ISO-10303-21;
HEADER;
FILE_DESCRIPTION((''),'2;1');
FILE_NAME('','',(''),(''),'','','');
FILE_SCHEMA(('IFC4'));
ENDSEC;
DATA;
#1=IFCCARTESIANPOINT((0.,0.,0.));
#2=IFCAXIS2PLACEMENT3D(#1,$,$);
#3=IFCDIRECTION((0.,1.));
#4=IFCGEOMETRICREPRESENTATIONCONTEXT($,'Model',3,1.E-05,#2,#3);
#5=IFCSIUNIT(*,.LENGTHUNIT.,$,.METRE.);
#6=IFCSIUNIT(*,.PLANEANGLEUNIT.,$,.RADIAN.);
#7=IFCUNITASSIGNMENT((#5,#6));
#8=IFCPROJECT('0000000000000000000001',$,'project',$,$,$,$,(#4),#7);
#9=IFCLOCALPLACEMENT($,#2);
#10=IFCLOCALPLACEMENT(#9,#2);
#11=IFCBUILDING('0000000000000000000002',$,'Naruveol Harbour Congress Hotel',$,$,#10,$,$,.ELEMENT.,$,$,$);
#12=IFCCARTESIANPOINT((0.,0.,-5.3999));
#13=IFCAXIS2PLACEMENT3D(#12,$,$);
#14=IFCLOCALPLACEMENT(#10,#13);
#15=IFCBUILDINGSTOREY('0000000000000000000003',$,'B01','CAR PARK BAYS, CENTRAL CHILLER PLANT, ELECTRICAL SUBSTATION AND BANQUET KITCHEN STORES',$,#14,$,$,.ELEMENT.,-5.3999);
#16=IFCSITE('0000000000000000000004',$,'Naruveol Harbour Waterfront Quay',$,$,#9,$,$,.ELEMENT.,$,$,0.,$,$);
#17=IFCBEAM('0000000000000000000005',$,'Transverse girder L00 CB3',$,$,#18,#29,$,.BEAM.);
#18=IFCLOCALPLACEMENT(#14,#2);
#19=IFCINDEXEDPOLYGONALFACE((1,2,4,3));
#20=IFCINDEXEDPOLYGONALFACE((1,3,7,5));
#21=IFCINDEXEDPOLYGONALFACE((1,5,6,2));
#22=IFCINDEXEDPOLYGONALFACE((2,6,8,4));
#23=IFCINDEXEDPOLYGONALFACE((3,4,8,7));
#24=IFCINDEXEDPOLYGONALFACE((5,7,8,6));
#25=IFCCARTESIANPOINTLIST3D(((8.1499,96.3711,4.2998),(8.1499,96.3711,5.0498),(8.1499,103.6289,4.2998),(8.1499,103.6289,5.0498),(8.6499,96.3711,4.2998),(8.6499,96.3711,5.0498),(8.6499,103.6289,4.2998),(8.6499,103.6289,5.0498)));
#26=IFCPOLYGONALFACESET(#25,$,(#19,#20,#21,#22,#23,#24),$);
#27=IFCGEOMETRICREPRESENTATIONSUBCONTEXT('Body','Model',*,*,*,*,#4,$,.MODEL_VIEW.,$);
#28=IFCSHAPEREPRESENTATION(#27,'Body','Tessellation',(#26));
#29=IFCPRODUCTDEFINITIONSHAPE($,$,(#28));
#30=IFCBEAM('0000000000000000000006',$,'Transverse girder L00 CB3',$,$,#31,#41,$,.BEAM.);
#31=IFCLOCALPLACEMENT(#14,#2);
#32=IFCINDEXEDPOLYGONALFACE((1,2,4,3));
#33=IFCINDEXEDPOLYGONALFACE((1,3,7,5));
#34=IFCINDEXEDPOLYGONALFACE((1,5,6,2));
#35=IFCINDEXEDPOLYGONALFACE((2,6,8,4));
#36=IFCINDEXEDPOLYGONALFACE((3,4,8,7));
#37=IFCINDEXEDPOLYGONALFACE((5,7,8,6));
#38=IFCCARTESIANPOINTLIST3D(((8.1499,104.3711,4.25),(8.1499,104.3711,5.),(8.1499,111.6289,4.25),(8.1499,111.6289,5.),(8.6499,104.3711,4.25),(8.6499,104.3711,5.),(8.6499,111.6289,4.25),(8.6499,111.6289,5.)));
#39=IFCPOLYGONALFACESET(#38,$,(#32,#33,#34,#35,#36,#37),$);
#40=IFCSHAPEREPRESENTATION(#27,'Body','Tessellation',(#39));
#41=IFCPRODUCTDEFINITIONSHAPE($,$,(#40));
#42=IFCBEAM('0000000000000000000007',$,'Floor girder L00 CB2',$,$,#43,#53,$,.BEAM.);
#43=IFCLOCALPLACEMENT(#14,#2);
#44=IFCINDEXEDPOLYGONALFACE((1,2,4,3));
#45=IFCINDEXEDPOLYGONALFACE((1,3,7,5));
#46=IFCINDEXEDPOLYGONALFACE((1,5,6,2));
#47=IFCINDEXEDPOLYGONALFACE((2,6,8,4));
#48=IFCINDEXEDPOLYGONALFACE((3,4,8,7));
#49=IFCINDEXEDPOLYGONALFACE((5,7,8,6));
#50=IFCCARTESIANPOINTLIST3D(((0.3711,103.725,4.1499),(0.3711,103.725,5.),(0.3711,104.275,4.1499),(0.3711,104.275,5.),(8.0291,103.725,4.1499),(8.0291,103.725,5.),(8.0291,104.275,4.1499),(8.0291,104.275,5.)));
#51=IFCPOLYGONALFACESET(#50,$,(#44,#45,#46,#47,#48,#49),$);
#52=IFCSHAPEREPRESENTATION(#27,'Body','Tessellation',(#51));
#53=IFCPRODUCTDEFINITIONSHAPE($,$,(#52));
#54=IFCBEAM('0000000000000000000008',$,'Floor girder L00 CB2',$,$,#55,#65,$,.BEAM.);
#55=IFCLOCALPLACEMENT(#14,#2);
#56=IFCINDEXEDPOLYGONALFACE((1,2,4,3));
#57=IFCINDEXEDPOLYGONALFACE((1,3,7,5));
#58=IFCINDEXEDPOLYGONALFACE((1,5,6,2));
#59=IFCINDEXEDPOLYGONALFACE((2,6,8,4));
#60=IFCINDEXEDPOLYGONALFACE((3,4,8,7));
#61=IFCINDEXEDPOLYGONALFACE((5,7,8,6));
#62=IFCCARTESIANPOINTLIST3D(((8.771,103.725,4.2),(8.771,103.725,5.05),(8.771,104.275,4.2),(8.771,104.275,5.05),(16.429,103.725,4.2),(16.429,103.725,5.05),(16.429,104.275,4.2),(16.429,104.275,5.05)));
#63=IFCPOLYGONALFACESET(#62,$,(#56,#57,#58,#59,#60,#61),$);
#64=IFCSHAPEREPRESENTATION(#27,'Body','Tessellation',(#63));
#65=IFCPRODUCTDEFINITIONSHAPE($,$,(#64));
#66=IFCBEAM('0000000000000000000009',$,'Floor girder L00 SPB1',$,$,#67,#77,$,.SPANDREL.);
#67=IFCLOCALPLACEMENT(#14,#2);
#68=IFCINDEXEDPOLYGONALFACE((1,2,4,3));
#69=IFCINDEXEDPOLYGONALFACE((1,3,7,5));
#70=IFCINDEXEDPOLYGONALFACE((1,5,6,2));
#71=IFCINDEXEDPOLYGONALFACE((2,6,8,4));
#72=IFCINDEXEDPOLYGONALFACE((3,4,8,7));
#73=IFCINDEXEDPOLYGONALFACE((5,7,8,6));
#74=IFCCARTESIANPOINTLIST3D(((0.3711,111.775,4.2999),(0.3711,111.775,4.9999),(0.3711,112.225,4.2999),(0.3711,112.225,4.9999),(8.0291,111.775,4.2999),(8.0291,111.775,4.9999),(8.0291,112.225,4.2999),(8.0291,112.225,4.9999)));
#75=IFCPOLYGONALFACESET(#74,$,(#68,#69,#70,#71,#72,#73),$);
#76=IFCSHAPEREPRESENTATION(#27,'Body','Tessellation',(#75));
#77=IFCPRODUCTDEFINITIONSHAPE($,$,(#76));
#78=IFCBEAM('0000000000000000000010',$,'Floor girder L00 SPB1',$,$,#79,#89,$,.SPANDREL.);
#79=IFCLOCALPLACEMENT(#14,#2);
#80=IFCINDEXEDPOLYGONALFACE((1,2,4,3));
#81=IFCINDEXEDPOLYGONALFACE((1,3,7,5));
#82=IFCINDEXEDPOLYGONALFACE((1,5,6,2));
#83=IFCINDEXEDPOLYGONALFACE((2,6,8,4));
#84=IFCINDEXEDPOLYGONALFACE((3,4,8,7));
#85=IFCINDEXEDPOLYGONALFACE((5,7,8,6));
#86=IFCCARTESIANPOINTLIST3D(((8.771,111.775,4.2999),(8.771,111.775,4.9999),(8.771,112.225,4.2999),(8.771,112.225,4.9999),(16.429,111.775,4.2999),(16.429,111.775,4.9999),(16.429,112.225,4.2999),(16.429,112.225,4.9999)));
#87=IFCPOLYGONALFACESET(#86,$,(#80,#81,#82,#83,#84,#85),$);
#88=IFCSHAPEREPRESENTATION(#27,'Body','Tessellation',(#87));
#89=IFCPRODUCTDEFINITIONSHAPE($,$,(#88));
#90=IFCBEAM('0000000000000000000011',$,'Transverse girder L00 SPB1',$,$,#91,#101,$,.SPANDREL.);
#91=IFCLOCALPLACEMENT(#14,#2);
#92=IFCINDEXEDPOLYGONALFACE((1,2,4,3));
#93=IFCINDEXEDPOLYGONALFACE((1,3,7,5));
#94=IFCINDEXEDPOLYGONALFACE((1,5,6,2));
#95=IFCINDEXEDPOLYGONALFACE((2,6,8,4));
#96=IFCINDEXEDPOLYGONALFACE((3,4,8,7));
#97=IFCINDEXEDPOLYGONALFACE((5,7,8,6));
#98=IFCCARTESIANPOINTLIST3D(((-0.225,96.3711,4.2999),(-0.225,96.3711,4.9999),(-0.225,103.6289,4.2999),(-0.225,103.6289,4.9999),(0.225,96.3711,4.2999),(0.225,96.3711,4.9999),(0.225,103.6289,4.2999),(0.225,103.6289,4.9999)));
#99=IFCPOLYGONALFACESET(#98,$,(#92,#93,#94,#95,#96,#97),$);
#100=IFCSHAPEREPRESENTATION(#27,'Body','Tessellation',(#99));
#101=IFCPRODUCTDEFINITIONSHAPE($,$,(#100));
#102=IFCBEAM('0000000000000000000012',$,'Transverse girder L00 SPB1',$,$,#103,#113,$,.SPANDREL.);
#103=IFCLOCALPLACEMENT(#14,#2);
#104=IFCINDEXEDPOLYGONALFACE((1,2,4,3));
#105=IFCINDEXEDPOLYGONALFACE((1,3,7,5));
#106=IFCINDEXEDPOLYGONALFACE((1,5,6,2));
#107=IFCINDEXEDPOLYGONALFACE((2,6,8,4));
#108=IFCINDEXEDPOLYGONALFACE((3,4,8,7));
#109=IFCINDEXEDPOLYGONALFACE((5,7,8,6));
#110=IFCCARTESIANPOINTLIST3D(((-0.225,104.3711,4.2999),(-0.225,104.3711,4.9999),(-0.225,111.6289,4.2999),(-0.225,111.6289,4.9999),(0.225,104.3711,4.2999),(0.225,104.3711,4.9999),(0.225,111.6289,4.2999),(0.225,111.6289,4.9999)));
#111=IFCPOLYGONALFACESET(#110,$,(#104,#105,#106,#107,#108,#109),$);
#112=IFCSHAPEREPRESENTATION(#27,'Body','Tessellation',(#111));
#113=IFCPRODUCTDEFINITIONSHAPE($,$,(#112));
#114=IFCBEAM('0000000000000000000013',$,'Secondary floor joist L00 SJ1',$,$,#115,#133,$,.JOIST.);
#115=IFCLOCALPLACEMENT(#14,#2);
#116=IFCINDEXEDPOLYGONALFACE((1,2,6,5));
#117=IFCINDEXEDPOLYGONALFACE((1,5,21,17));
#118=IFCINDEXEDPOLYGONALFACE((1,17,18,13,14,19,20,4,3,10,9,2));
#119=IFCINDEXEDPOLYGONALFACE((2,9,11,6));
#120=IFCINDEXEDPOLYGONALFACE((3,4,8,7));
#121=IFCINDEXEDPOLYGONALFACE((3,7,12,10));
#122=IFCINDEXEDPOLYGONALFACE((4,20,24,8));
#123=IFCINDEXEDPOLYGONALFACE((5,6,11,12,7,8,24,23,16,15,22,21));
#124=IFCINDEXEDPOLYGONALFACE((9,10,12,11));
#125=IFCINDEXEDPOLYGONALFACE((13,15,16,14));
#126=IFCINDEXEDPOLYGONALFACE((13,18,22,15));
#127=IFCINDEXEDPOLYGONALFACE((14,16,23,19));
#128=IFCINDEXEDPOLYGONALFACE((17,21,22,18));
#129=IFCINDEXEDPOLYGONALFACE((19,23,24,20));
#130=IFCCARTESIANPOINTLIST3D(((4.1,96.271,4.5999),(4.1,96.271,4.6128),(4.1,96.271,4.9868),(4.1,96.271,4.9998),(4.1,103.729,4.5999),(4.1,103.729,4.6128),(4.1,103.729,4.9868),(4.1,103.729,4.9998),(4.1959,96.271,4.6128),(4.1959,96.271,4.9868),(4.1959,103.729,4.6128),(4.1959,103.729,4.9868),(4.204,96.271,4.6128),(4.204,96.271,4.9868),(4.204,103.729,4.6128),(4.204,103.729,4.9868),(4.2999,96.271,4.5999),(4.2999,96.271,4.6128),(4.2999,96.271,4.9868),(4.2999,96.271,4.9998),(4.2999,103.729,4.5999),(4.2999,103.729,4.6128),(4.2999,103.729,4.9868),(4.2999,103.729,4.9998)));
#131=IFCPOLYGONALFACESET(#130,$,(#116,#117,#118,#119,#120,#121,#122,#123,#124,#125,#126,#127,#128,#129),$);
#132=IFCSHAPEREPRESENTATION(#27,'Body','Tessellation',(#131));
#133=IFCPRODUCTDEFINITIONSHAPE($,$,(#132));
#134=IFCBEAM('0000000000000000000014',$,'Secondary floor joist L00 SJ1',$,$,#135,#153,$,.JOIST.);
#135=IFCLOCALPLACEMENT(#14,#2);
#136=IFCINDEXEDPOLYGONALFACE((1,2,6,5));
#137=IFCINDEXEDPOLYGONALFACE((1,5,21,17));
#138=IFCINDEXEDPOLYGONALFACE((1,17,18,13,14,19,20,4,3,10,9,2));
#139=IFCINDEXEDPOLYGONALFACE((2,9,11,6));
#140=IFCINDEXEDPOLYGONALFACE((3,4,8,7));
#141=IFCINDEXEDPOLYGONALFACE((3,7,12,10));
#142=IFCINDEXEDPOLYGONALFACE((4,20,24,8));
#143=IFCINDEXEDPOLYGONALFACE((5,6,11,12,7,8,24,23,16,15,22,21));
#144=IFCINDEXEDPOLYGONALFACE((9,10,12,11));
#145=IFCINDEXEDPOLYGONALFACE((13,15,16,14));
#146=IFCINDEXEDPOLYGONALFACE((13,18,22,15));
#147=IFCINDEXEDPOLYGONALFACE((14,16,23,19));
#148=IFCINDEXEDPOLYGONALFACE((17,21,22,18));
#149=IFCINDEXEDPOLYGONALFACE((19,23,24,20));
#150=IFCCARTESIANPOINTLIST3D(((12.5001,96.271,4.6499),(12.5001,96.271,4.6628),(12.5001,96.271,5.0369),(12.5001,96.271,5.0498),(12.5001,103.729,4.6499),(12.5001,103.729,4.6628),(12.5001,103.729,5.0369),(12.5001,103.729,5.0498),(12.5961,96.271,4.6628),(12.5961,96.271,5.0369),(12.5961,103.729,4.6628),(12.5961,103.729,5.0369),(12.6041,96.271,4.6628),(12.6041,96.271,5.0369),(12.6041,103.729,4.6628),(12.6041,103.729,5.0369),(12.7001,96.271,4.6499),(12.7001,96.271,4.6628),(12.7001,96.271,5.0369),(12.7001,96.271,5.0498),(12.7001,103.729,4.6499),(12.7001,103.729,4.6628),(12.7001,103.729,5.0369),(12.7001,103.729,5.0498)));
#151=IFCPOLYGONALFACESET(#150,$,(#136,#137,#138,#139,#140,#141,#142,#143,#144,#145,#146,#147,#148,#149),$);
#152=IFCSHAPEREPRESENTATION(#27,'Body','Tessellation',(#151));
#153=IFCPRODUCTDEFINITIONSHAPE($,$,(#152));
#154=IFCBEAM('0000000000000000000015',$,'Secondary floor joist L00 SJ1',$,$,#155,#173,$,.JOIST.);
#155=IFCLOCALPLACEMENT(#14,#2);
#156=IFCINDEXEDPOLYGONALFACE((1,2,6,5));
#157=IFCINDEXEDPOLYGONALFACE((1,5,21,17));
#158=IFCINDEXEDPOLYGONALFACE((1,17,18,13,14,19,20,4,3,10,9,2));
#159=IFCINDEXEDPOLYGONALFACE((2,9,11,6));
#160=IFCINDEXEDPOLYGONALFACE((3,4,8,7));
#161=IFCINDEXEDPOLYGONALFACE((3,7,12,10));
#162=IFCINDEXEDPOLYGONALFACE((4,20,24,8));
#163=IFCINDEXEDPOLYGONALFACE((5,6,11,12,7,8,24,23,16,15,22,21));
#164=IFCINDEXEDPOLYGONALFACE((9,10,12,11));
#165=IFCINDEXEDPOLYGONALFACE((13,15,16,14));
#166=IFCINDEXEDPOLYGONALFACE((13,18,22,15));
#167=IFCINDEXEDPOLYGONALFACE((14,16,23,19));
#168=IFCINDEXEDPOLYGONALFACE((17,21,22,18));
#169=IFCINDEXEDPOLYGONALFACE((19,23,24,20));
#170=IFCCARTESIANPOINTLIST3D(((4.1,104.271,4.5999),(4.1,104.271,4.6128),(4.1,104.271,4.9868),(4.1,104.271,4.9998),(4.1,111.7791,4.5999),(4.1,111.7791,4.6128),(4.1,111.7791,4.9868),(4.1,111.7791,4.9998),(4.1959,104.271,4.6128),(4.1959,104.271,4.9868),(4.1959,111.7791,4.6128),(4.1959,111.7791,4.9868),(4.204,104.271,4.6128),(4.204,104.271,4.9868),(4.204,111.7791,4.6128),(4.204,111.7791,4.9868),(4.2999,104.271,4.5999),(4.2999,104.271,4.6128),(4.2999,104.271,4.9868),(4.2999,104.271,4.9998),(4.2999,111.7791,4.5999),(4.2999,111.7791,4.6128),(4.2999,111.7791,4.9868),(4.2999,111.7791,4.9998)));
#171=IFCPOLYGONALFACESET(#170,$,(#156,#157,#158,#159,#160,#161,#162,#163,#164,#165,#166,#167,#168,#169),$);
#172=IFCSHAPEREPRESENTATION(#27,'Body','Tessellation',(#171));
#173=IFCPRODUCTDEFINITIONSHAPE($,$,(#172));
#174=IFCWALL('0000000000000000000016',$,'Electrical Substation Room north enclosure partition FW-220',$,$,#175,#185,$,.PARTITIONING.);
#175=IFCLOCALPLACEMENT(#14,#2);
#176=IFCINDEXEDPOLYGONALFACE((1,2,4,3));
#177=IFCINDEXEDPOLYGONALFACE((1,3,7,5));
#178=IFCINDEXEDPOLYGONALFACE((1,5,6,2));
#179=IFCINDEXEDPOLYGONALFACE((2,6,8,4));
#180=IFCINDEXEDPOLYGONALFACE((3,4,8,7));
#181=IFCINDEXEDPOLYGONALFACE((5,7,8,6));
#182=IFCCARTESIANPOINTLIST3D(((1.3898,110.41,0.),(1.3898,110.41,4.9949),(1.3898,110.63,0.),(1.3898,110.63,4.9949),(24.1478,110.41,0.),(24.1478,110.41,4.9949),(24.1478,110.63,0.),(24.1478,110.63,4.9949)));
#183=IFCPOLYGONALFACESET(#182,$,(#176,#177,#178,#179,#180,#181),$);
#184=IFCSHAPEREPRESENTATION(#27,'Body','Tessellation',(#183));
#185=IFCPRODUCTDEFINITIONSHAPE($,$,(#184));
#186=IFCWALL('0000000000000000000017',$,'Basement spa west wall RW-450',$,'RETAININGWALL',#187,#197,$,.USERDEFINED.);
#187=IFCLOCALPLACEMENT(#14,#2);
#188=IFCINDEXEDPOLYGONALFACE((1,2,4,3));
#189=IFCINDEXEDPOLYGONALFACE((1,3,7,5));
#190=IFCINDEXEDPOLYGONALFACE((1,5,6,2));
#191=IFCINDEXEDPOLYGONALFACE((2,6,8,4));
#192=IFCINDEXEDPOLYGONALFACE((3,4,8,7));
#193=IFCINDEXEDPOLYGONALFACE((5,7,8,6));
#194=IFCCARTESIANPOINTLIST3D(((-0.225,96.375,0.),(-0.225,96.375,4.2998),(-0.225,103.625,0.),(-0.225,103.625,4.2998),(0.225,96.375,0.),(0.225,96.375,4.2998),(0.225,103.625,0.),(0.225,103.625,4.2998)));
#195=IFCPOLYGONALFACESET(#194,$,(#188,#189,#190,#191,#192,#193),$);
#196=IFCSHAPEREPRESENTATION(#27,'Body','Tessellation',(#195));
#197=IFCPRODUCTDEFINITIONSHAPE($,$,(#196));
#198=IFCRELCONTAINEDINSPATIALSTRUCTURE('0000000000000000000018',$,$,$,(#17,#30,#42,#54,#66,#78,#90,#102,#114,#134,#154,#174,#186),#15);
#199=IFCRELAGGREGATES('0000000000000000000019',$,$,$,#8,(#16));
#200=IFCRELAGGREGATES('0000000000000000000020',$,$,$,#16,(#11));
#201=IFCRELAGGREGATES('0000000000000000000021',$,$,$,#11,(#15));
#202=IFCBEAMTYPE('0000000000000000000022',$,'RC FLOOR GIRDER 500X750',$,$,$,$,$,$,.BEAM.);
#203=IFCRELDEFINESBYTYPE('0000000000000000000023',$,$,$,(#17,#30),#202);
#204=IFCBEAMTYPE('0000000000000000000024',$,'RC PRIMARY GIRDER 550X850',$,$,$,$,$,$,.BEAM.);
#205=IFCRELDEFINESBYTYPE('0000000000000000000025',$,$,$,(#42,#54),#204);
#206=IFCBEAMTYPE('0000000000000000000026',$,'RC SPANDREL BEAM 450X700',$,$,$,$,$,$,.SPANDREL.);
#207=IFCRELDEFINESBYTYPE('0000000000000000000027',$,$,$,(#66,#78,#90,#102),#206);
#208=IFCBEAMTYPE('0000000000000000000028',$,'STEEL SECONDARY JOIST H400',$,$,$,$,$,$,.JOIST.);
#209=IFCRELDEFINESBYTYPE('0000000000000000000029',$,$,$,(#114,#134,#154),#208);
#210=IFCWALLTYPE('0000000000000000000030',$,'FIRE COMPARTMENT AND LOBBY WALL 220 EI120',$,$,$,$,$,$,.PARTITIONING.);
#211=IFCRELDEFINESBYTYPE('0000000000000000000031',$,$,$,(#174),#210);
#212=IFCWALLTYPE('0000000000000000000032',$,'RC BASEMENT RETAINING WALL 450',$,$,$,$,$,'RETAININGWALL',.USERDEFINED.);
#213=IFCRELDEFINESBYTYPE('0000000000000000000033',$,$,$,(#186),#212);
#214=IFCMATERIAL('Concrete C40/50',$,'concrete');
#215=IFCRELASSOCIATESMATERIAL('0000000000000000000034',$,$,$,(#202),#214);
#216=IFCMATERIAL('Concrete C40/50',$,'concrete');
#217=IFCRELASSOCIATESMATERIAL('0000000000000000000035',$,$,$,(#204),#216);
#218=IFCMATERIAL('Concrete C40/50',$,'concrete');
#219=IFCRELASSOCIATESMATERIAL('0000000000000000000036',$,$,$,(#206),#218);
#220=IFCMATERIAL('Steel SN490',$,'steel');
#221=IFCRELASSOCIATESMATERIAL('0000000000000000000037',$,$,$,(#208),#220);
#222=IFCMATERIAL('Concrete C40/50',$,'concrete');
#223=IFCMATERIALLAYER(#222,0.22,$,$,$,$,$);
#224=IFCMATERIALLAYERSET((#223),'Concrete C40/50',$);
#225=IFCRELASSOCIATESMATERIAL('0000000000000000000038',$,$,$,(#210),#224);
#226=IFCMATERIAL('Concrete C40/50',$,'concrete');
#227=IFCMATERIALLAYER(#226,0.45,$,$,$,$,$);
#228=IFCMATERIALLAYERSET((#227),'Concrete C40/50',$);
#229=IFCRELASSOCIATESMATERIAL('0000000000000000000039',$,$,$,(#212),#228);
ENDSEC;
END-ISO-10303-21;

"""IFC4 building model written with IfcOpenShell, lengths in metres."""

from ifc_helpers import new_model, si_unit, direction, frame, frame_2d, origin, origin_2d, place, context, subcontext, project, spatial, rectangle, i_section, extrude, material, layer, layer_set, material_profile, profile_set, type_object, element, save


model = new_model("IFC4")

# Units and contexts
model_context = context("Model", 3, precision=1e-05, world=origin(), true_north=direction((0.0, 1.0)))
body_context = subcontext(model_context, "Body", "Model", "MODEL_VIEW")
ifc_project = project(units=[si_unit("LENGTHUNIT", "METRE"), si_unit("PLANEANGLEUNIT", "RADIAN")], contexts=[model_context])

# Site, building, storey
site_placement = place(None, origin())
site = spatial("IfcSite", under=ifc_project, at=site_placement, Name="Naruveol Harbour Waterfront Quay", CompositionType="ELEMENT", RefElevation=0.0)
building_placement = place(site_placement, origin())
building = spatial("IfcBuilding", under=site, at=building_placement, Name="Naruveol Harbour Congress Hotel", CompositionType="ELEMENT")
storey_placement = place(building_placement, frame((0.0, 0.0, -5.3999)))
storey = spatial("IfcBuildingStorey", under=building, at=storey_placement, Name="B01", Description="CAR PARK BAYS, CENTRAL CHILLER PLANT, ELECTRICAL SUBSTATION AND BANQUET KITCHEN STORES", CompositionType="ELEMENT", Elevation=-5.3999)

# Beams
ifc_material_1 = material(Name="Concrete C40/50", Category="concrete")
ifc_material_profile_1 = material_profile(ifc_material_1, rectangle(XDim=0.5, YDim=0.75, at=origin_2d()), Name="RCB-500x750")
ifc_profile_set_1 = profile_set([ifc_material_profile_1], Name="Concrete C40/50")
beam_type_1 = type_object("IfcBeamType", Name="RC FLOOR GIRDER 500X750", PredefinedType="BEAM", material=ifc_profile_set_1)
for number, where, z_axis, x_axis, name in (
    (1, (8.3999, 96.3711, 4.6748), (0.0, 1.0, 0.0), (-1.0, 0.0, 0.0), "Transverse girder L00 CB3"),
    (2, (8.3999, 104.3711, 4.625), (0.0, 1.0, 0.0), (-1.0, 0.0, 0.0), "Transverse girder L00 CB3"),
):
    element("IfcBeam", number, at=place(storey_placement, frame(where, z_axis=z_axis, x_axis=x_axis)), inside=storey, type_object=beam_type_1, Name=name, PredefinedType="BEAM", context=body_context, shape_type="SweptSolid", body=[
        extrude(rectangle(XDim=0.5, YDim=0.75, at=origin_2d()), origin(), (0.0, 0.0, 1.0), 7.2578),
    ])
ifc_material_2 = material(Name="Concrete C40/50", Category="concrete")
ifc_material_profile_2 = material_profile(ifc_material_2, rectangle(XDim=0.55, YDim=0.8501, at=origin_2d()), Name="RCB-550x850")
ifc_profile_set_2 = profile_set([ifc_material_profile_2], Name="Concrete C40/50")
beam_type_2 = type_object("IfcBeamType", Name="RC PRIMARY GIRDER 550X850", PredefinedType="BEAM", material=ifc_profile_set_2)
for number, where, z_axis, x_axis, name in (
    (3, (0.3711, 104.0, 4.575), (1.0, 0.0, 0.0), (0.0, 1.0, 0.0), "Floor girder L00 CB2"),
    (4, (8.771, 104.0, 4.625), (1.0, 0.0, 0.0), (0.0, 1.0, 0.0), "Floor girder L00 CB2"),
):
    element("IfcBeam", number, at=place(storey_placement, frame(where, z_axis=z_axis, x_axis=x_axis)), inside=storey, type_object=beam_type_2, Name=name, PredefinedType="BEAM", context=body_context, shape_type="SweptSolid", body=[
        extrude(rectangle(XDim=0.55, YDim=0.8501, at=origin_2d()), origin(), (0.0, 0.0, 1.0), 7.658),
    ])
ifc_material_3 = material(Name="Concrete C40/50", Category="concrete")
ifc_material_profile_3 = material_profile(ifc_material_3, rectangle(XDim=0.45, YDim=0.7, at=origin_2d()), Name="RCB-450x700")
ifc_profile_set_3 = profile_set([ifc_material_profile_3], Name="Concrete C40/50")
beam_type_3 = type_object("IfcBeamType", Name="RC SPANDREL BEAM 450X700", PredefinedType="SPANDREL", material=ifc_profile_set_3)
for number, where, z_axis, x_axis, name in (
    (5, (0.3711, 112.0, 4.6499), (1.0, 0.0, 0.0), (0.0, 1.0, 0.0), "Floor girder L00 SPB1"),
    (6, (8.771, 112.0, 4.6499), (1.0, 0.0, 0.0), (0.0, 1.0, 0.0), "Floor girder L00 SPB1"),
):
    element("IfcBeam", number, at=place(storey_placement, frame(where, z_axis=z_axis, x_axis=x_axis)), inside=storey, type_object=beam_type_3, Name=name, PredefinedType="SPANDREL", context=body_context, shape_type="SweptSolid", body=[
        extrude(rectangle(XDim=0.45, YDim=0.7, at=origin_2d()), origin(), (0.0, 0.0, 1.0), 7.658),
    ])
for number, where, z_axis, x_axis, name in (
    (7, (0.0, 96.3711, 4.6499), (0.0, 1.0, 0.0), (-1.0, 0.0, 0.0), "Transverse girder L00 SPB1"),
    (8, (0.0, 104.3711, 4.6499), (0.0, 1.0, 0.0), (-1.0, 0.0, 0.0), "Transverse girder L00 SPB1"),
):
    element("IfcBeam", number, at=place(storey_placement, frame(where, z_axis=z_axis, x_axis=x_axis)), inside=storey, type_object=beam_type_3, Name=name, PredefinedType="SPANDREL", context=body_context, shape_type="SweptSolid", body=[
        extrude(rectangle(XDim=0.45, YDim=0.7, at=origin_2d()), origin(), (0.0, 0.0, 1.0), 7.2578),
    ])
ifc_material_4 = material(Name="Steel SN490", Category="steel")
ifc_material_profile_4 = material_profile(ifc_material_4, i_section(OverallWidth=0.2, OverallDepth=0.3999, WebThickness=0.0081, FlangeThickness=0.0129, at=origin_2d()), Name="H-400x200x8x13")
ifc_profile_set_4 = profile_set([ifc_material_profile_4], Name="Steel SN490")
beam_type_4 = type_object("IfcBeamType", Name="STEEL SECONDARY JOIST H400", PredefinedType="JOIST", material=ifc_profile_set_4)
for number, where, z_axis, x_axis, name in (
    (9, (4.2, 96.271, 4.7998), (0.0, 1.0, 0.0), (-1.0, 0.0, 0.0), "Secondary floor joist L00 SJ1"),
    (10, (12.6001, 96.271, 4.8499), (0.0, 1.0, 0.0), (-1.0, 0.0, 0.0), "Secondary floor joist L00 SJ1"),
):
    element("IfcBeam", number, at=place(storey_placement, frame(where, z_axis=z_axis, x_axis=x_axis)), inside=storey, type_object=beam_type_4, Name=name, PredefinedType="JOIST", context=body_context, shape_type="SweptSolid", body=[
        extrude(i_section(OverallWidth=0.2, OverallDepth=0.3999, WebThickness=0.0081, FlangeThickness=0.0129, at=origin_2d()), origin(), (0.0, 0.0, 1.0), 7.458),
    ])
beam_placement = place(storey_placement, frame((4.2, 104.271, 4.7998), z_axis=(0.0, 1.0, 0.0), x_axis=(-1.0, 0.0, 0.0)))
element("IfcBeam", 11, at=beam_placement, inside=storey, type_object=beam_type_4, Name="Secondary floor joist L00 SJ1", PredefinedType="JOIST", context=body_context, shape_type="SweptSolid", body=[
    extrude(i_section(OverallWidth=0.2, OverallDepth=0.3999, WebThickness=0.0081, FlangeThickness=0.0129, at=origin_2d()), origin(), (0.0, 0.0, 1.0), 7.5081),
])

# Walls
ifc_material_5 = material(Name="Concrete C40/50", Category="concrete")
ifc_layer_1 = layer(ifc_material_5, 0.22)
ifc_layer_set_1 = layer_set([ifc_layer_1], Name="Concrete C40/50")
wall_type_1 = type_object("IfcWallType", Name="FIRE COMPARTMENT AND LOBBY WALL 220 EI120", PredefinedType="PARTITIONING", material=ifc_layer_set_1)
wall_1_placement = place(storey_placement, frame((1.3899, 110.52, 0.0), z_axis=(0.0, 0.0, 1.0), x_axis=(1.0, 0.0, 0.0)))
element("IfcWall", 12, at=wall_1_placement, inside=storey, type_object=wall_type_1, Name="Electrical Substation Room north enclosure partition FW-220", PredefinedType="PARTITIONING", context=body_context, shape_type="SweptSolid", body=[
    extrude(rectangle(XDim=22.7581, YDim=0.22, at=frame_2d((11.3789, 0.0))), origin(), (0.0, 0.0, 1.0), 4.9949),
])
ifc_material_6 = material(Name="Concrete C40/50", Category="concrete")
ifc_layer_2 = layer(ifc_material_6, 0.45)
ifc_layer_set_2 = layer_set([ifc_layer_2], Name="Concrete C40/50")
wall_type_2 = type_object("IfcWallType", Name="RC BASEMENT RETAINING WALL 450", ElementType="RETAININGWALL", PredefinedType="USERDEFINED", material=ifc_layer_set_2)
for number, where, z_axis, x_axis, name in (
    (13, (0.0, 96.375, 0.0), (0.0, 0.0, 1.0), (0.0, 1.0, 0.0), "Basement spa west wall RW-450"),
):
    element("IfcWall", number, at=place(storey_placement, frame(where, z_axis=z_axis, x_axis=x_axis)), inside=storey, type_object=wall_type_2, Name=name, ObjectType="RETAININGWALL", PredefinedType="USERDEFINED", context=body_context, shape_type="SweptSolid", body=[
        extrude(rectangle(XDim=7.25, YDim=0.45, at=frame_2d((3.625, 0.0))), origin(), (0.0, 0.0, 1.0), 4.2998),
    ])

save(model, "model.ifc")
